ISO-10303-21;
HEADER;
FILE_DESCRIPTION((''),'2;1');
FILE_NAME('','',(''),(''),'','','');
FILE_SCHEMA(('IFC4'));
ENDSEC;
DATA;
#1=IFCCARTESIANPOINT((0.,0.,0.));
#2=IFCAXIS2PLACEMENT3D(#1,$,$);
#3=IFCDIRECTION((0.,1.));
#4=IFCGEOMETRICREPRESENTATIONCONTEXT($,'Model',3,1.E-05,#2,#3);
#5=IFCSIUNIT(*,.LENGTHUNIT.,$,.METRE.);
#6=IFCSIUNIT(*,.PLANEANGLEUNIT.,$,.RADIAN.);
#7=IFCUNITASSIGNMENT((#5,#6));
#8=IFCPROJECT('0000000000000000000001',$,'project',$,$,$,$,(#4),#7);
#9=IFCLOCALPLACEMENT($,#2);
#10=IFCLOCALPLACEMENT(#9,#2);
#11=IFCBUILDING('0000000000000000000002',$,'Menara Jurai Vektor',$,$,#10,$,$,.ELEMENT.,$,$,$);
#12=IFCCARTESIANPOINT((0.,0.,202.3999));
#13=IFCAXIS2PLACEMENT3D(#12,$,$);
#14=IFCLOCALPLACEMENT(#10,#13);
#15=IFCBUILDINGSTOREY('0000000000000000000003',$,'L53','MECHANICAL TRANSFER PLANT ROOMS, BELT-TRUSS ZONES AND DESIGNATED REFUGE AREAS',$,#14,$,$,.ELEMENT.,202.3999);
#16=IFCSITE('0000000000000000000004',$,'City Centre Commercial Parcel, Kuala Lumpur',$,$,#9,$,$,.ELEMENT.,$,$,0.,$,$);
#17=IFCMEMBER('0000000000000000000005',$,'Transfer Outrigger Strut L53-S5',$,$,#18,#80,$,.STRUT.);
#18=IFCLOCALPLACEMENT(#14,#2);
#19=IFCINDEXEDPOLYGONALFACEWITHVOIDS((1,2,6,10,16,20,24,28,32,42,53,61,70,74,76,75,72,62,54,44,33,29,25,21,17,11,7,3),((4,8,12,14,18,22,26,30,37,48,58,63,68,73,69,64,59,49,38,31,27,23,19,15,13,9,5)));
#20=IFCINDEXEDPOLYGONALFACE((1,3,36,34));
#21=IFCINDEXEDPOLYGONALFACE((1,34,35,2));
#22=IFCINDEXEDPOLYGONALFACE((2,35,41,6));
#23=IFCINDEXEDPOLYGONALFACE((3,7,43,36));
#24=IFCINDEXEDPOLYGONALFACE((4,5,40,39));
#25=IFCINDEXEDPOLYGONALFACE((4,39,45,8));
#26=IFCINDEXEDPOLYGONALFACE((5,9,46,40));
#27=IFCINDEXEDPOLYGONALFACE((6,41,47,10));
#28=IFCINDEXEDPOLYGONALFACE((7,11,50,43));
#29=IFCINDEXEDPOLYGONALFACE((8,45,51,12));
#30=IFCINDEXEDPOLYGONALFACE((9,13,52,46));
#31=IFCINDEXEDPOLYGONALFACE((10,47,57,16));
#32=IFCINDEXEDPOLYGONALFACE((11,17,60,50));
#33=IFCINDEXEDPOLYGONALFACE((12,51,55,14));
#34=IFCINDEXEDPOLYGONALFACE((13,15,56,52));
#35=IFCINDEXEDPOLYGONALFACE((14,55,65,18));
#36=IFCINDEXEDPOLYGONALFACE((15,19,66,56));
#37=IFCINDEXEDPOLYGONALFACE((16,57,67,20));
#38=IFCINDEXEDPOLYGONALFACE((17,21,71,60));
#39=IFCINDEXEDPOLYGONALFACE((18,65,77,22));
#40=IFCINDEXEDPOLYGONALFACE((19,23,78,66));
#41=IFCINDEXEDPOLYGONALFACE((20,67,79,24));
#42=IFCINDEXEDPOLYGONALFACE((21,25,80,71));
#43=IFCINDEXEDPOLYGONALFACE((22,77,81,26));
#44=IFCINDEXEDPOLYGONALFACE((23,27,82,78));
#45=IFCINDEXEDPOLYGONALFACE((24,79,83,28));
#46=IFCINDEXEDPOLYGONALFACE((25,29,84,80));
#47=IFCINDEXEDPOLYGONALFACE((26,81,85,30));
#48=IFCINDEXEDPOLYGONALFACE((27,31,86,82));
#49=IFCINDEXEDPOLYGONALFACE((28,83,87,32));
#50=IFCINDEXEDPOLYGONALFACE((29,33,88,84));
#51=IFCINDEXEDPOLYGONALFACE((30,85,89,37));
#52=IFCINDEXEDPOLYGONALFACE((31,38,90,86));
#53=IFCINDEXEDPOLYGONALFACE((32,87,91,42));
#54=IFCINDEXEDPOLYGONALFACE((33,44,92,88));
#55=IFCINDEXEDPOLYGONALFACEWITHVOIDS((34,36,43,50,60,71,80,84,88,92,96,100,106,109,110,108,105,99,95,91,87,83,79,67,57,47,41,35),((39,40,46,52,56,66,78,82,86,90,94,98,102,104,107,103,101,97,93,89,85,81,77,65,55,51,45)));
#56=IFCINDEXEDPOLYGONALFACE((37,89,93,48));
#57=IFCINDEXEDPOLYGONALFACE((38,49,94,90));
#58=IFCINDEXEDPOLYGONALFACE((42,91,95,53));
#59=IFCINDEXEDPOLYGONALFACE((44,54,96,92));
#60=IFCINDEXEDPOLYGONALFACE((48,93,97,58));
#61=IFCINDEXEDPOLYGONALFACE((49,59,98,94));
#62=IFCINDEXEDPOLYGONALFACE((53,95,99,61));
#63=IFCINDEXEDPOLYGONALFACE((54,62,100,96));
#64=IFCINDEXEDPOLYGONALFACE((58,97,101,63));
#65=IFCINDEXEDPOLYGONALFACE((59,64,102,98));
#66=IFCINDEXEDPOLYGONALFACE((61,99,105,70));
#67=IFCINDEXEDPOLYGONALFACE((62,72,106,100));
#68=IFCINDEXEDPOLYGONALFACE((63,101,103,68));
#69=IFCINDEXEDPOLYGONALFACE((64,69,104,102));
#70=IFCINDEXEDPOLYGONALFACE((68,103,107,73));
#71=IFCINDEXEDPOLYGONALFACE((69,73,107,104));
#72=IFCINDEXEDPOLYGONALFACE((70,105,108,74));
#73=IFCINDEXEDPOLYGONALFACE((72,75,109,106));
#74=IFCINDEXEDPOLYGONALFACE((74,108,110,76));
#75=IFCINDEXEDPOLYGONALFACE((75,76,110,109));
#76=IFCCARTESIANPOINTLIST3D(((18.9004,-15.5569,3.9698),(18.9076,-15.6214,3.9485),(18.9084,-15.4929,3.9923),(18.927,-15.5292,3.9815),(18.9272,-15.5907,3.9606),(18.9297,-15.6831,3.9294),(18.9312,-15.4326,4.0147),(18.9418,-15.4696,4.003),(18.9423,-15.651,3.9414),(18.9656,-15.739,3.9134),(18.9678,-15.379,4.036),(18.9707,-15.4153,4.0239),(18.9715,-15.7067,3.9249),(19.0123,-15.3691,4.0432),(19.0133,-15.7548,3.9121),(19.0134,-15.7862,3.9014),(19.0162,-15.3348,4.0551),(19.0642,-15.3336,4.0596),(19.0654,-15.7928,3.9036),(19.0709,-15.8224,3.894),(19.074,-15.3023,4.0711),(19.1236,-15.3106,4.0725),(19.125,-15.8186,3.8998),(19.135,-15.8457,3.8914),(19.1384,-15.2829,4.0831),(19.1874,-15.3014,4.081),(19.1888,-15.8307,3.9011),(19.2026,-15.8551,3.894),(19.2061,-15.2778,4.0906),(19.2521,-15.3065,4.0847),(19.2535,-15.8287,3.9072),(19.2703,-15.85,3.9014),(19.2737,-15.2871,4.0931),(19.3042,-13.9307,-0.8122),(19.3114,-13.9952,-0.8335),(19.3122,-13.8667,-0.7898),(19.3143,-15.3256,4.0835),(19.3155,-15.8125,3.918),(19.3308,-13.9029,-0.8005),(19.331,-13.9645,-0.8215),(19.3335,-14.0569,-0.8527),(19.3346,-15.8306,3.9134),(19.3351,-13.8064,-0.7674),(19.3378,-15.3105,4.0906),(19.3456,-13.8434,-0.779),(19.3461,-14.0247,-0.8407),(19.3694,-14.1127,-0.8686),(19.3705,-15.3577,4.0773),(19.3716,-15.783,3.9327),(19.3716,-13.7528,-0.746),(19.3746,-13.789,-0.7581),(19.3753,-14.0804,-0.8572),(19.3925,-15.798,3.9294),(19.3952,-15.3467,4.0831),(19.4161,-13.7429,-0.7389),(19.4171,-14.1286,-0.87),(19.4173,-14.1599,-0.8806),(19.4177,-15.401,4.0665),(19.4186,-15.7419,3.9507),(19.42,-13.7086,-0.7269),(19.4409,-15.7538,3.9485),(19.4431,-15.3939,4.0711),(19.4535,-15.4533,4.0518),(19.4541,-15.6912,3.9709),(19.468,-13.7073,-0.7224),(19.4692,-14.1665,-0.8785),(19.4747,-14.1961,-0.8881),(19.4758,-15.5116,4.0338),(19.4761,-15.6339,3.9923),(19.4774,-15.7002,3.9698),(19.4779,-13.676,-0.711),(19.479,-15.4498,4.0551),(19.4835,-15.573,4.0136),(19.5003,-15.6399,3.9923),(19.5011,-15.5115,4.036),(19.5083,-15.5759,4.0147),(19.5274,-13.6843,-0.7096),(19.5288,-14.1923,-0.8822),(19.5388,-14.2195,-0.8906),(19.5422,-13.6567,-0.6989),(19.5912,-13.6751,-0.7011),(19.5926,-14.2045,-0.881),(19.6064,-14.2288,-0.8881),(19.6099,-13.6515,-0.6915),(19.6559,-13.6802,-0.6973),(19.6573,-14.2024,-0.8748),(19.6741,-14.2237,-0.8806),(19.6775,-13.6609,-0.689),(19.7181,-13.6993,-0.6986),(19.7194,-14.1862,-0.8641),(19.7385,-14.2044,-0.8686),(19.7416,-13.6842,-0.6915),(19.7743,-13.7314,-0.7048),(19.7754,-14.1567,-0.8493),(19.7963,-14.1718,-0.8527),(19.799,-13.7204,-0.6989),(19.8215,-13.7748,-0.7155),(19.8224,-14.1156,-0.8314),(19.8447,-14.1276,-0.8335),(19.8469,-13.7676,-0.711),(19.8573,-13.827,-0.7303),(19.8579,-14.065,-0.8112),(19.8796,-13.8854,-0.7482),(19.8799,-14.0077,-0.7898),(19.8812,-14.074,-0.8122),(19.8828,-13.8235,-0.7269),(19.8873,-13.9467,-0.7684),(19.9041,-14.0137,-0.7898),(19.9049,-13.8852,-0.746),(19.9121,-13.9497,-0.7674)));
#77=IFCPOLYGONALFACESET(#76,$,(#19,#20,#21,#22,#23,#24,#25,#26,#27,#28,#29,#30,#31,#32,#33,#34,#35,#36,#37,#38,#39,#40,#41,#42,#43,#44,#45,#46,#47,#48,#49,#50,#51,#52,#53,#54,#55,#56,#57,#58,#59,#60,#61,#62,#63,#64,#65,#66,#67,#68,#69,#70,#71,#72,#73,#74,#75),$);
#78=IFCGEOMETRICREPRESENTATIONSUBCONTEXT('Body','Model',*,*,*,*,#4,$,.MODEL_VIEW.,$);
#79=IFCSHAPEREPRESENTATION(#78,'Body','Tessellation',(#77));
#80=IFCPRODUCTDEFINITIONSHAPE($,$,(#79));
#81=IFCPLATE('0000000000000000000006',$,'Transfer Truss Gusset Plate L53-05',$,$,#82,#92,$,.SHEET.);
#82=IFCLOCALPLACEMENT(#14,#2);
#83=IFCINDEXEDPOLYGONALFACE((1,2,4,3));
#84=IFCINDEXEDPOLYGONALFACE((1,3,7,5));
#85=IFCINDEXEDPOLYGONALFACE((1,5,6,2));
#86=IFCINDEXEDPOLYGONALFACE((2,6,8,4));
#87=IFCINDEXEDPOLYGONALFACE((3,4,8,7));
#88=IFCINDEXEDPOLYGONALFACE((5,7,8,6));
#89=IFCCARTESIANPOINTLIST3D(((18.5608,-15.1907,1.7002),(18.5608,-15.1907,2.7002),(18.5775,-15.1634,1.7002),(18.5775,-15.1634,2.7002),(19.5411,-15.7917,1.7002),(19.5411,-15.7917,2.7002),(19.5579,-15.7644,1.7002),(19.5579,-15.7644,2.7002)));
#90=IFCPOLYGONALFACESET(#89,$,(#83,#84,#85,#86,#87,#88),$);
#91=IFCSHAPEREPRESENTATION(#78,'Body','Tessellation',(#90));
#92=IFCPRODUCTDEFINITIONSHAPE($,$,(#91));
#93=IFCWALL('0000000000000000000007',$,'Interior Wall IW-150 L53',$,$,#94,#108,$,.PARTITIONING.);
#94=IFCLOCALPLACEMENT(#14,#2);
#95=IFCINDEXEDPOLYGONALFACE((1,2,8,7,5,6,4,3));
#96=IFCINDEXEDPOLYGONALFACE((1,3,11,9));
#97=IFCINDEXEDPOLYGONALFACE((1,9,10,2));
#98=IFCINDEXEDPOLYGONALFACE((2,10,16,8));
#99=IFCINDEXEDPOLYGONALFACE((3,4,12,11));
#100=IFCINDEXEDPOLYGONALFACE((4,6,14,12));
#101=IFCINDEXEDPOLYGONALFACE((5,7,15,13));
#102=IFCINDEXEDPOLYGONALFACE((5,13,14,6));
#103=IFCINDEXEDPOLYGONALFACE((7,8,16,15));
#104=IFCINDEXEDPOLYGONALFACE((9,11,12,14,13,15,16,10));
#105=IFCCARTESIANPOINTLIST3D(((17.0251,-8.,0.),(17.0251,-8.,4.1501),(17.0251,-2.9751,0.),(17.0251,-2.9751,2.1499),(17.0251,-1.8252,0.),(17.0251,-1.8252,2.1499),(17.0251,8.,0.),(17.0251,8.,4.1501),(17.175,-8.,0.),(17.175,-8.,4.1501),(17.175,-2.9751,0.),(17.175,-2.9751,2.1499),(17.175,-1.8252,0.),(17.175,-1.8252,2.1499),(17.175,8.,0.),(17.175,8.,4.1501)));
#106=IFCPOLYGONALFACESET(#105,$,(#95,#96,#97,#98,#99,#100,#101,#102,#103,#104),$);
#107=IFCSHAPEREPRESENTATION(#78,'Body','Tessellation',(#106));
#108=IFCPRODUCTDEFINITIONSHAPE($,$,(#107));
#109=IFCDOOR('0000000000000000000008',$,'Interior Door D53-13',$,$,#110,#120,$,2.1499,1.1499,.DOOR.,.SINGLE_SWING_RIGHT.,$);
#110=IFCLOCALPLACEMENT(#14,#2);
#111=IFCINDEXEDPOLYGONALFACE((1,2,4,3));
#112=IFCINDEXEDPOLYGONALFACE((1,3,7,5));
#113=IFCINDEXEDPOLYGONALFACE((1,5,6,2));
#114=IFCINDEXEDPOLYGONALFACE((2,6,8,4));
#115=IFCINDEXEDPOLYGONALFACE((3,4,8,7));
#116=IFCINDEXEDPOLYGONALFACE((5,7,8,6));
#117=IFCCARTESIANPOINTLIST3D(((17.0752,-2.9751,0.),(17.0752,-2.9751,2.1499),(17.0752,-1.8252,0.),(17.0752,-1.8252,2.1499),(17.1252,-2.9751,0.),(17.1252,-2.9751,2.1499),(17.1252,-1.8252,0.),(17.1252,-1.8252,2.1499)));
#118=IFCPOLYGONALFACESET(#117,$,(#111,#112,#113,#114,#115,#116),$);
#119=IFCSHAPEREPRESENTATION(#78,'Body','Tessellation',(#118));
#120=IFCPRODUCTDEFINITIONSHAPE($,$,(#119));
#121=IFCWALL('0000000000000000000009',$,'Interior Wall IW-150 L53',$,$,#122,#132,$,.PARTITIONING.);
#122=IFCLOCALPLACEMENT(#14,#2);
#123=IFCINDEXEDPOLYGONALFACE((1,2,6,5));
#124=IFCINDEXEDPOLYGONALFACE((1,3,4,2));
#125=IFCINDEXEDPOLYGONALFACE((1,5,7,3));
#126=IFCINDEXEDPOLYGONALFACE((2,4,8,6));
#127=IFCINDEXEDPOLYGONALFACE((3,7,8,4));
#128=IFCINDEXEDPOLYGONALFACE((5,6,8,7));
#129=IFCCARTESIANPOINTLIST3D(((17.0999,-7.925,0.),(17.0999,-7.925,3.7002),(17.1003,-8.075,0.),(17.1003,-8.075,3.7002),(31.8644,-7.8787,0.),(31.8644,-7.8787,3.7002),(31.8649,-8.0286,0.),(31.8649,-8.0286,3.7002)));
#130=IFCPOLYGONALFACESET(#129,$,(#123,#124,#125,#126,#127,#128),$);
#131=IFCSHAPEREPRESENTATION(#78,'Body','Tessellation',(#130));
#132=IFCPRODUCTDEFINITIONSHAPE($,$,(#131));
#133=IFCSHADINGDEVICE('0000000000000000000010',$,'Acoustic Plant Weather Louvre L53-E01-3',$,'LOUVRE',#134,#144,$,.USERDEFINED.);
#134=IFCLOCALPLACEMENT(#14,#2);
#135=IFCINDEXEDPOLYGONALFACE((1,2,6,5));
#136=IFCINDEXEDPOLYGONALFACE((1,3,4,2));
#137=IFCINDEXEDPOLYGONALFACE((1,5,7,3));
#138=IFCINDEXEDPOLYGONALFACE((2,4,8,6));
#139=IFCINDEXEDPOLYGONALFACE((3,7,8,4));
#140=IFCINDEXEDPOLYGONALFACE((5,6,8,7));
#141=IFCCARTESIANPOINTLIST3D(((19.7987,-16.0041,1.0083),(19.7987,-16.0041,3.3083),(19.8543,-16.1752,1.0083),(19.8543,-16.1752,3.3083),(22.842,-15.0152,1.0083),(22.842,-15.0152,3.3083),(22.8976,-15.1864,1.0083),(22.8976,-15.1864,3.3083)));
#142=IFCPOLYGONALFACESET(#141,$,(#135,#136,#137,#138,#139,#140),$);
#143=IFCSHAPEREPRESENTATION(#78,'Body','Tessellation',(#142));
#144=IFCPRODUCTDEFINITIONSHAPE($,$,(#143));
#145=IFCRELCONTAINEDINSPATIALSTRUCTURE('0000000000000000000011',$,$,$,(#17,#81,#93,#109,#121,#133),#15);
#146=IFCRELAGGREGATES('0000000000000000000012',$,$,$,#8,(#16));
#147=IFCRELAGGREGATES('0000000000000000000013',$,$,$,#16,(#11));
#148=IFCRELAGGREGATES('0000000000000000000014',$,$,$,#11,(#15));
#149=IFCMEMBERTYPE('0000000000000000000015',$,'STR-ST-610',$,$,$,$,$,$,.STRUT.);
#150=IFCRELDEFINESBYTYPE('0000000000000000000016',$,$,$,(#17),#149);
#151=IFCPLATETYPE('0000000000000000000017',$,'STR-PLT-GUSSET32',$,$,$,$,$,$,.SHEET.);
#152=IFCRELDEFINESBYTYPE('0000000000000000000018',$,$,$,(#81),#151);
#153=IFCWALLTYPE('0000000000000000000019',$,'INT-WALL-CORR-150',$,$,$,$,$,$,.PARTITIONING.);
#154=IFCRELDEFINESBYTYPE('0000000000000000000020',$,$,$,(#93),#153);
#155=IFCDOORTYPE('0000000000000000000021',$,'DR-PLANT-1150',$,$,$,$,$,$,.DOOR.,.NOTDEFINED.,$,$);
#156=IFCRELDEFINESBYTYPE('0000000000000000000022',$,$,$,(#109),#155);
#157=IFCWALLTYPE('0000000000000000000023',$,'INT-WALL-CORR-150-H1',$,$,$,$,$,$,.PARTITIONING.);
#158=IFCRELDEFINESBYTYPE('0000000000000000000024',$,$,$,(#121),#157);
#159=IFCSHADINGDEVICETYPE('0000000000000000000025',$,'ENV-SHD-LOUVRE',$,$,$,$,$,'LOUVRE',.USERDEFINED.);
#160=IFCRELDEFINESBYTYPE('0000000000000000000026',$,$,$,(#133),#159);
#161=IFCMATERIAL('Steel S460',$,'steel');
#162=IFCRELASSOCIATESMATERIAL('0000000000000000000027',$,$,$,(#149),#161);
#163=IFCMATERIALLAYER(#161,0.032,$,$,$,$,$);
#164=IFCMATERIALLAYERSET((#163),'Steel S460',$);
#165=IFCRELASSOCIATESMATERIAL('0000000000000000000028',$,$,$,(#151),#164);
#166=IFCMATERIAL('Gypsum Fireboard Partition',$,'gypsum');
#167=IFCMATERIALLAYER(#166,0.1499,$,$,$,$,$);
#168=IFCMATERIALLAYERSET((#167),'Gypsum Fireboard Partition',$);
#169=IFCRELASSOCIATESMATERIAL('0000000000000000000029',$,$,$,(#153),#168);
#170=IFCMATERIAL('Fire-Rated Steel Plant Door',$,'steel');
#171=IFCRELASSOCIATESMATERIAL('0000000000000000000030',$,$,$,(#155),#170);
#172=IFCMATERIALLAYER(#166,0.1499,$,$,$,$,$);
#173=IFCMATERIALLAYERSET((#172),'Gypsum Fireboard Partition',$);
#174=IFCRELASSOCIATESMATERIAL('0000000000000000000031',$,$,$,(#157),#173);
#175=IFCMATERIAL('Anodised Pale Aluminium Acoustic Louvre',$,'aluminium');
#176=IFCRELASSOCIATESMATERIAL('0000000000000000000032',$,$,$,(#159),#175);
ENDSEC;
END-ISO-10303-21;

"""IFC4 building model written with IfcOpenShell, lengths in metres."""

from ifc_helpers import new_model, si_unit, direction, frame, frame_2d, origin, origin_2d, place, context, subcontext, project, spatial, rectangle, hollow_circle, extrude, material, layer, layer_set, material_profile, profile_set, type_object, element, fill, save


model = new_model("IFC4")

# Units and contexts
model_context = context("Model", 3, precision=1e-05, world=origin(), true_north=direction((0.0, 1.0)))
body_context = subcontext(model_context, "Body", "Model", "MODEL_VIEW")
ifc_project = project(units=[si_unit("LENGTHUNIT", "METRE"), si_unit("PLANEANGLEUNIT", "RADIAN")], contexts=[model_context])

# Site, building, storey
site_placement = place(None, origin())
site = spatial("IfcSite", under=ifc_project, at=site_placement, Name="City Centre Commercial Parcel, Kuala Lumpur", CompositionType="ELEMENT", RefElevation=0.0)
building_placement = place(site_placement, origin())
building = spatial("IfcBuilding", under=site, at=building_placement, Name="Menara Jurai Vektor", CompositionType="ELEMENT")
storey_placement = place(building_placement, frame((0.0, 0.0, 202.3999)))
storey = spatial("IfcBuildingStorey", under=building, at=storey_placement, Name="L53", Description="MECHANICAL TRANSFER PLANT ROOMS, BELT-TRUSS ZONES AND DESIGNATED REFUGE AREAS", CompositionType="ELEMENT", Elevation=202.3999)

# Shared definitions
ifc_material_1 = material(Name="Steel S460", Category="steel")

# Member
ifc_material_profile_1 = material_profile(ifc_material_1, hollow_circle(Radius=0.3049, WallThickness=0.0249, at=origin_2d()), Name="CHS 610x25")
ifc_profile_set_1 = profile_set([ifc_material_profile_1], Name="Steel S460")
member_type_1 = type_object("IfcMemberType", Name="STR-ST-610", PredefinedType="STRUT", material=ifc_profile_set_1)
member_1_placement = place(storey_placement, frame((19.6082, -13.9402, -0.7898), z_axis=(-0.079693, -0.32094, 0.943741), x_axis=(0.970527, -0.240993, 0.0)))
element("IfcMember", 1, at=member_1_placement, inside=storey, type_object=member_type_1, Name="Transfer Outrigger Strut L53-S5", PredefinedType="STRUT", context=body_context, shape_type="SweptSolid", body=[
    extrude(hollow_circle(Radius=0.3049, WallThickness=0.0249, at=origin_2d()), origin(), (0.0, 0.0, 1.0), 5.0671),
])

# Plate
ifc_layer_1 = layer(ifc_material_1, 0.032)
ifc_layer_set_1 = layer_set([ifc_layer_1], Name="Steel S460")
plate_type = type_object("IfcPlateType", Name="STR-PLT-GUSSET32", PredefinedType="SHEET", material=ifc_layer_set_1)
plate_placement = place(storey_placement, frame((19.0593, -15.4775, 1.7002), z_axis=(0.0, 0.0, 1.0), x_axis=(-0.852549, 0.522647, 0.0)))
element("IfcPlate", 2, at=plate_placement, inside=storey, type_object=plate_type, Name="Transfer Truss Gusset Plate L53-05", PredefinedType="SHEET", context=body_context, shape_type="SweptSolid", body=[
    extrude(rectangle(XDim=1.1499, YDim=0.032, at=origin_2d()), origin(), (0.0, 0.0, 1.0), 1.0),
])

# Wall, opening, door
ifc_material_2 = material(Name="Gypsum Fireboard Partition", Category="gypsum")
ifc_layer_2 = layer(ifc_material_2, 0.1499)
ifc_layer_set_2 = layer_set([ifc_layer_2], Name="Gypsum Fireboard Partition")
wall_type_1 = type_object("IfcWallType", Name="INT-WALL-CORR-150", PredefinedType="PARTITIONING", material=ifc_layer_set_2)
wall_1_placement = place(storey_placement, frame((17.1001, -8.0, 0.0), z_axis=(0.0, 0.0, 1.0), x_axis=(0.0, 1.0, 0.0)))
wall_1 = element("IfcWall", 3, at=wall_1_placement, inside=storey, type_object=wall_type_1, Name="Interior Wall IW-150 L53", PredefinedType="PARTITIONING", context=body_context, shape_type="SweptSolid", body=[
    extrude(rectangle(XDim=16.0, YDim=0.1499, at=frame_2d((8.0, 0.0))), origin(), (0.0, 0.0, 1.0), 4.1501),
])
opening_placement = place(wall_1_placement, frame((5.0249, 0.0, 0.0)))
opening = element("IfcOpeningElement", 4, at=opening_placement, cuts=wall_1, PredefinedType="OPENING", context=body_context, shape_type="SweptSolid", body=[
    extrude(rectangle(XDim=1.1499, YDim=2.1499, at=frame_2d((0.575, 1.075))), frame((0.0, 0.085, 0.0), z_axis=(0.0, -1.0, 0.0), x_axis=(1.0, 0.0, 0.0)), (0.0, 0.0, 1.0), 0.1699),
])
ifc_material_3 = material(Name="Fire-Rated Steel Plant Door", Category="steel")
door_type = type_object("IfcDoorType", Name="DR-PLANT-1150", OperationType="NOTDEFINED", PredefinedType="DOOR", material=ifc_material_3)
door_placement = place(opening_placement, origin())
door = element("IfcDoor", 5, at=door_placement, inside=storey, type_object=door_type, Name="Interior Door D53-13", OperationType="SINGLE_SWING_RIGHT", OverallHeight=2.1499, OverallWidth=1.1499, PredefinedType="DOOR", context=body_context, shape_type="SweptSolid", body=[
    extrude(rectangle(XDim=1.1499, YDim=2.1499, at=frame_2d((0.575, 1.075))), frame((0.0, 0.0249, 0.0), z_axis=(0.0, -1.0, 0.0), x_axis=(1.0, 0.0, 0.0)), (0.0, 0.0, 1.0), 0.05),
])
fill(opening, door)

# Wall
ifc_layer_3 = layer(ifc_material_2, 0.1499)
ifc_layer_set_3 = layer_set([ifc_layer_3], Name="Gypsum Fireboard Partition")
wall_type_2 = type_object("IfcWallType", Name="INT-WALL-CORR-150-H1", PredefinedType="PARTITIONING", material=ifc_layer_set_3)
wall_2_placement = place(storey_placement, frame((17.1001, -8.0, 0.0), z_axis=(0.0, 0.0, 1.0), x_axis=(0.999995, 0.003142, 0.0)))
element("IfcWall", 6, at=wall_2_placement, inside=storey, type_object=wall_type_2, Name="Interior Wall IW-150 L53", PredefinedType="PARTITIONING", context=body_context, shape_type="SweptSolid", body=[
    extrude(rectangle(XDim=14.7646, YDim=0.1499, at=frame_2d((7.3823, 0.0))), origin(), (0.0, 0.0, 1.0), 3.7002),
])

# Shading device
ifc_material_4 = material(Name="Anodised Pale Aluminium Acoustic Louvre", Category="aluminium")
shading_device_type = type_object("IfcShadingDeviceType", Name="ENV-SHD-LOUVRE", ElementType="LOUVRE", PredefinedType="USERDEFINED", material=ifc_material_4)
shading_device_placement = place(storey_placement, frame((21.3481, -15.5952, 1.0083), z_axis=(0.0, 0.0, 1.0), x_axis=(0.951057, 0.309017, 0.0)))
element("IfcShadingDevice", 7, at=shading_device_placement, inside=storey, type_object=shading_device_type, Name="Acoustic Plant Weather Louvre L53-E01-3", ObjectType="LOUVRE", PredefinedType="USERDEFINED", context=body_context, shape_type="SweptSolid", body=[
    extrude(rectangle(XDim=3.2, YDim=0.1799, at=origin_2d()), origin(), (0.0, 0.0, 1.0), 2.3),
])

save(model, "model.ifc")
